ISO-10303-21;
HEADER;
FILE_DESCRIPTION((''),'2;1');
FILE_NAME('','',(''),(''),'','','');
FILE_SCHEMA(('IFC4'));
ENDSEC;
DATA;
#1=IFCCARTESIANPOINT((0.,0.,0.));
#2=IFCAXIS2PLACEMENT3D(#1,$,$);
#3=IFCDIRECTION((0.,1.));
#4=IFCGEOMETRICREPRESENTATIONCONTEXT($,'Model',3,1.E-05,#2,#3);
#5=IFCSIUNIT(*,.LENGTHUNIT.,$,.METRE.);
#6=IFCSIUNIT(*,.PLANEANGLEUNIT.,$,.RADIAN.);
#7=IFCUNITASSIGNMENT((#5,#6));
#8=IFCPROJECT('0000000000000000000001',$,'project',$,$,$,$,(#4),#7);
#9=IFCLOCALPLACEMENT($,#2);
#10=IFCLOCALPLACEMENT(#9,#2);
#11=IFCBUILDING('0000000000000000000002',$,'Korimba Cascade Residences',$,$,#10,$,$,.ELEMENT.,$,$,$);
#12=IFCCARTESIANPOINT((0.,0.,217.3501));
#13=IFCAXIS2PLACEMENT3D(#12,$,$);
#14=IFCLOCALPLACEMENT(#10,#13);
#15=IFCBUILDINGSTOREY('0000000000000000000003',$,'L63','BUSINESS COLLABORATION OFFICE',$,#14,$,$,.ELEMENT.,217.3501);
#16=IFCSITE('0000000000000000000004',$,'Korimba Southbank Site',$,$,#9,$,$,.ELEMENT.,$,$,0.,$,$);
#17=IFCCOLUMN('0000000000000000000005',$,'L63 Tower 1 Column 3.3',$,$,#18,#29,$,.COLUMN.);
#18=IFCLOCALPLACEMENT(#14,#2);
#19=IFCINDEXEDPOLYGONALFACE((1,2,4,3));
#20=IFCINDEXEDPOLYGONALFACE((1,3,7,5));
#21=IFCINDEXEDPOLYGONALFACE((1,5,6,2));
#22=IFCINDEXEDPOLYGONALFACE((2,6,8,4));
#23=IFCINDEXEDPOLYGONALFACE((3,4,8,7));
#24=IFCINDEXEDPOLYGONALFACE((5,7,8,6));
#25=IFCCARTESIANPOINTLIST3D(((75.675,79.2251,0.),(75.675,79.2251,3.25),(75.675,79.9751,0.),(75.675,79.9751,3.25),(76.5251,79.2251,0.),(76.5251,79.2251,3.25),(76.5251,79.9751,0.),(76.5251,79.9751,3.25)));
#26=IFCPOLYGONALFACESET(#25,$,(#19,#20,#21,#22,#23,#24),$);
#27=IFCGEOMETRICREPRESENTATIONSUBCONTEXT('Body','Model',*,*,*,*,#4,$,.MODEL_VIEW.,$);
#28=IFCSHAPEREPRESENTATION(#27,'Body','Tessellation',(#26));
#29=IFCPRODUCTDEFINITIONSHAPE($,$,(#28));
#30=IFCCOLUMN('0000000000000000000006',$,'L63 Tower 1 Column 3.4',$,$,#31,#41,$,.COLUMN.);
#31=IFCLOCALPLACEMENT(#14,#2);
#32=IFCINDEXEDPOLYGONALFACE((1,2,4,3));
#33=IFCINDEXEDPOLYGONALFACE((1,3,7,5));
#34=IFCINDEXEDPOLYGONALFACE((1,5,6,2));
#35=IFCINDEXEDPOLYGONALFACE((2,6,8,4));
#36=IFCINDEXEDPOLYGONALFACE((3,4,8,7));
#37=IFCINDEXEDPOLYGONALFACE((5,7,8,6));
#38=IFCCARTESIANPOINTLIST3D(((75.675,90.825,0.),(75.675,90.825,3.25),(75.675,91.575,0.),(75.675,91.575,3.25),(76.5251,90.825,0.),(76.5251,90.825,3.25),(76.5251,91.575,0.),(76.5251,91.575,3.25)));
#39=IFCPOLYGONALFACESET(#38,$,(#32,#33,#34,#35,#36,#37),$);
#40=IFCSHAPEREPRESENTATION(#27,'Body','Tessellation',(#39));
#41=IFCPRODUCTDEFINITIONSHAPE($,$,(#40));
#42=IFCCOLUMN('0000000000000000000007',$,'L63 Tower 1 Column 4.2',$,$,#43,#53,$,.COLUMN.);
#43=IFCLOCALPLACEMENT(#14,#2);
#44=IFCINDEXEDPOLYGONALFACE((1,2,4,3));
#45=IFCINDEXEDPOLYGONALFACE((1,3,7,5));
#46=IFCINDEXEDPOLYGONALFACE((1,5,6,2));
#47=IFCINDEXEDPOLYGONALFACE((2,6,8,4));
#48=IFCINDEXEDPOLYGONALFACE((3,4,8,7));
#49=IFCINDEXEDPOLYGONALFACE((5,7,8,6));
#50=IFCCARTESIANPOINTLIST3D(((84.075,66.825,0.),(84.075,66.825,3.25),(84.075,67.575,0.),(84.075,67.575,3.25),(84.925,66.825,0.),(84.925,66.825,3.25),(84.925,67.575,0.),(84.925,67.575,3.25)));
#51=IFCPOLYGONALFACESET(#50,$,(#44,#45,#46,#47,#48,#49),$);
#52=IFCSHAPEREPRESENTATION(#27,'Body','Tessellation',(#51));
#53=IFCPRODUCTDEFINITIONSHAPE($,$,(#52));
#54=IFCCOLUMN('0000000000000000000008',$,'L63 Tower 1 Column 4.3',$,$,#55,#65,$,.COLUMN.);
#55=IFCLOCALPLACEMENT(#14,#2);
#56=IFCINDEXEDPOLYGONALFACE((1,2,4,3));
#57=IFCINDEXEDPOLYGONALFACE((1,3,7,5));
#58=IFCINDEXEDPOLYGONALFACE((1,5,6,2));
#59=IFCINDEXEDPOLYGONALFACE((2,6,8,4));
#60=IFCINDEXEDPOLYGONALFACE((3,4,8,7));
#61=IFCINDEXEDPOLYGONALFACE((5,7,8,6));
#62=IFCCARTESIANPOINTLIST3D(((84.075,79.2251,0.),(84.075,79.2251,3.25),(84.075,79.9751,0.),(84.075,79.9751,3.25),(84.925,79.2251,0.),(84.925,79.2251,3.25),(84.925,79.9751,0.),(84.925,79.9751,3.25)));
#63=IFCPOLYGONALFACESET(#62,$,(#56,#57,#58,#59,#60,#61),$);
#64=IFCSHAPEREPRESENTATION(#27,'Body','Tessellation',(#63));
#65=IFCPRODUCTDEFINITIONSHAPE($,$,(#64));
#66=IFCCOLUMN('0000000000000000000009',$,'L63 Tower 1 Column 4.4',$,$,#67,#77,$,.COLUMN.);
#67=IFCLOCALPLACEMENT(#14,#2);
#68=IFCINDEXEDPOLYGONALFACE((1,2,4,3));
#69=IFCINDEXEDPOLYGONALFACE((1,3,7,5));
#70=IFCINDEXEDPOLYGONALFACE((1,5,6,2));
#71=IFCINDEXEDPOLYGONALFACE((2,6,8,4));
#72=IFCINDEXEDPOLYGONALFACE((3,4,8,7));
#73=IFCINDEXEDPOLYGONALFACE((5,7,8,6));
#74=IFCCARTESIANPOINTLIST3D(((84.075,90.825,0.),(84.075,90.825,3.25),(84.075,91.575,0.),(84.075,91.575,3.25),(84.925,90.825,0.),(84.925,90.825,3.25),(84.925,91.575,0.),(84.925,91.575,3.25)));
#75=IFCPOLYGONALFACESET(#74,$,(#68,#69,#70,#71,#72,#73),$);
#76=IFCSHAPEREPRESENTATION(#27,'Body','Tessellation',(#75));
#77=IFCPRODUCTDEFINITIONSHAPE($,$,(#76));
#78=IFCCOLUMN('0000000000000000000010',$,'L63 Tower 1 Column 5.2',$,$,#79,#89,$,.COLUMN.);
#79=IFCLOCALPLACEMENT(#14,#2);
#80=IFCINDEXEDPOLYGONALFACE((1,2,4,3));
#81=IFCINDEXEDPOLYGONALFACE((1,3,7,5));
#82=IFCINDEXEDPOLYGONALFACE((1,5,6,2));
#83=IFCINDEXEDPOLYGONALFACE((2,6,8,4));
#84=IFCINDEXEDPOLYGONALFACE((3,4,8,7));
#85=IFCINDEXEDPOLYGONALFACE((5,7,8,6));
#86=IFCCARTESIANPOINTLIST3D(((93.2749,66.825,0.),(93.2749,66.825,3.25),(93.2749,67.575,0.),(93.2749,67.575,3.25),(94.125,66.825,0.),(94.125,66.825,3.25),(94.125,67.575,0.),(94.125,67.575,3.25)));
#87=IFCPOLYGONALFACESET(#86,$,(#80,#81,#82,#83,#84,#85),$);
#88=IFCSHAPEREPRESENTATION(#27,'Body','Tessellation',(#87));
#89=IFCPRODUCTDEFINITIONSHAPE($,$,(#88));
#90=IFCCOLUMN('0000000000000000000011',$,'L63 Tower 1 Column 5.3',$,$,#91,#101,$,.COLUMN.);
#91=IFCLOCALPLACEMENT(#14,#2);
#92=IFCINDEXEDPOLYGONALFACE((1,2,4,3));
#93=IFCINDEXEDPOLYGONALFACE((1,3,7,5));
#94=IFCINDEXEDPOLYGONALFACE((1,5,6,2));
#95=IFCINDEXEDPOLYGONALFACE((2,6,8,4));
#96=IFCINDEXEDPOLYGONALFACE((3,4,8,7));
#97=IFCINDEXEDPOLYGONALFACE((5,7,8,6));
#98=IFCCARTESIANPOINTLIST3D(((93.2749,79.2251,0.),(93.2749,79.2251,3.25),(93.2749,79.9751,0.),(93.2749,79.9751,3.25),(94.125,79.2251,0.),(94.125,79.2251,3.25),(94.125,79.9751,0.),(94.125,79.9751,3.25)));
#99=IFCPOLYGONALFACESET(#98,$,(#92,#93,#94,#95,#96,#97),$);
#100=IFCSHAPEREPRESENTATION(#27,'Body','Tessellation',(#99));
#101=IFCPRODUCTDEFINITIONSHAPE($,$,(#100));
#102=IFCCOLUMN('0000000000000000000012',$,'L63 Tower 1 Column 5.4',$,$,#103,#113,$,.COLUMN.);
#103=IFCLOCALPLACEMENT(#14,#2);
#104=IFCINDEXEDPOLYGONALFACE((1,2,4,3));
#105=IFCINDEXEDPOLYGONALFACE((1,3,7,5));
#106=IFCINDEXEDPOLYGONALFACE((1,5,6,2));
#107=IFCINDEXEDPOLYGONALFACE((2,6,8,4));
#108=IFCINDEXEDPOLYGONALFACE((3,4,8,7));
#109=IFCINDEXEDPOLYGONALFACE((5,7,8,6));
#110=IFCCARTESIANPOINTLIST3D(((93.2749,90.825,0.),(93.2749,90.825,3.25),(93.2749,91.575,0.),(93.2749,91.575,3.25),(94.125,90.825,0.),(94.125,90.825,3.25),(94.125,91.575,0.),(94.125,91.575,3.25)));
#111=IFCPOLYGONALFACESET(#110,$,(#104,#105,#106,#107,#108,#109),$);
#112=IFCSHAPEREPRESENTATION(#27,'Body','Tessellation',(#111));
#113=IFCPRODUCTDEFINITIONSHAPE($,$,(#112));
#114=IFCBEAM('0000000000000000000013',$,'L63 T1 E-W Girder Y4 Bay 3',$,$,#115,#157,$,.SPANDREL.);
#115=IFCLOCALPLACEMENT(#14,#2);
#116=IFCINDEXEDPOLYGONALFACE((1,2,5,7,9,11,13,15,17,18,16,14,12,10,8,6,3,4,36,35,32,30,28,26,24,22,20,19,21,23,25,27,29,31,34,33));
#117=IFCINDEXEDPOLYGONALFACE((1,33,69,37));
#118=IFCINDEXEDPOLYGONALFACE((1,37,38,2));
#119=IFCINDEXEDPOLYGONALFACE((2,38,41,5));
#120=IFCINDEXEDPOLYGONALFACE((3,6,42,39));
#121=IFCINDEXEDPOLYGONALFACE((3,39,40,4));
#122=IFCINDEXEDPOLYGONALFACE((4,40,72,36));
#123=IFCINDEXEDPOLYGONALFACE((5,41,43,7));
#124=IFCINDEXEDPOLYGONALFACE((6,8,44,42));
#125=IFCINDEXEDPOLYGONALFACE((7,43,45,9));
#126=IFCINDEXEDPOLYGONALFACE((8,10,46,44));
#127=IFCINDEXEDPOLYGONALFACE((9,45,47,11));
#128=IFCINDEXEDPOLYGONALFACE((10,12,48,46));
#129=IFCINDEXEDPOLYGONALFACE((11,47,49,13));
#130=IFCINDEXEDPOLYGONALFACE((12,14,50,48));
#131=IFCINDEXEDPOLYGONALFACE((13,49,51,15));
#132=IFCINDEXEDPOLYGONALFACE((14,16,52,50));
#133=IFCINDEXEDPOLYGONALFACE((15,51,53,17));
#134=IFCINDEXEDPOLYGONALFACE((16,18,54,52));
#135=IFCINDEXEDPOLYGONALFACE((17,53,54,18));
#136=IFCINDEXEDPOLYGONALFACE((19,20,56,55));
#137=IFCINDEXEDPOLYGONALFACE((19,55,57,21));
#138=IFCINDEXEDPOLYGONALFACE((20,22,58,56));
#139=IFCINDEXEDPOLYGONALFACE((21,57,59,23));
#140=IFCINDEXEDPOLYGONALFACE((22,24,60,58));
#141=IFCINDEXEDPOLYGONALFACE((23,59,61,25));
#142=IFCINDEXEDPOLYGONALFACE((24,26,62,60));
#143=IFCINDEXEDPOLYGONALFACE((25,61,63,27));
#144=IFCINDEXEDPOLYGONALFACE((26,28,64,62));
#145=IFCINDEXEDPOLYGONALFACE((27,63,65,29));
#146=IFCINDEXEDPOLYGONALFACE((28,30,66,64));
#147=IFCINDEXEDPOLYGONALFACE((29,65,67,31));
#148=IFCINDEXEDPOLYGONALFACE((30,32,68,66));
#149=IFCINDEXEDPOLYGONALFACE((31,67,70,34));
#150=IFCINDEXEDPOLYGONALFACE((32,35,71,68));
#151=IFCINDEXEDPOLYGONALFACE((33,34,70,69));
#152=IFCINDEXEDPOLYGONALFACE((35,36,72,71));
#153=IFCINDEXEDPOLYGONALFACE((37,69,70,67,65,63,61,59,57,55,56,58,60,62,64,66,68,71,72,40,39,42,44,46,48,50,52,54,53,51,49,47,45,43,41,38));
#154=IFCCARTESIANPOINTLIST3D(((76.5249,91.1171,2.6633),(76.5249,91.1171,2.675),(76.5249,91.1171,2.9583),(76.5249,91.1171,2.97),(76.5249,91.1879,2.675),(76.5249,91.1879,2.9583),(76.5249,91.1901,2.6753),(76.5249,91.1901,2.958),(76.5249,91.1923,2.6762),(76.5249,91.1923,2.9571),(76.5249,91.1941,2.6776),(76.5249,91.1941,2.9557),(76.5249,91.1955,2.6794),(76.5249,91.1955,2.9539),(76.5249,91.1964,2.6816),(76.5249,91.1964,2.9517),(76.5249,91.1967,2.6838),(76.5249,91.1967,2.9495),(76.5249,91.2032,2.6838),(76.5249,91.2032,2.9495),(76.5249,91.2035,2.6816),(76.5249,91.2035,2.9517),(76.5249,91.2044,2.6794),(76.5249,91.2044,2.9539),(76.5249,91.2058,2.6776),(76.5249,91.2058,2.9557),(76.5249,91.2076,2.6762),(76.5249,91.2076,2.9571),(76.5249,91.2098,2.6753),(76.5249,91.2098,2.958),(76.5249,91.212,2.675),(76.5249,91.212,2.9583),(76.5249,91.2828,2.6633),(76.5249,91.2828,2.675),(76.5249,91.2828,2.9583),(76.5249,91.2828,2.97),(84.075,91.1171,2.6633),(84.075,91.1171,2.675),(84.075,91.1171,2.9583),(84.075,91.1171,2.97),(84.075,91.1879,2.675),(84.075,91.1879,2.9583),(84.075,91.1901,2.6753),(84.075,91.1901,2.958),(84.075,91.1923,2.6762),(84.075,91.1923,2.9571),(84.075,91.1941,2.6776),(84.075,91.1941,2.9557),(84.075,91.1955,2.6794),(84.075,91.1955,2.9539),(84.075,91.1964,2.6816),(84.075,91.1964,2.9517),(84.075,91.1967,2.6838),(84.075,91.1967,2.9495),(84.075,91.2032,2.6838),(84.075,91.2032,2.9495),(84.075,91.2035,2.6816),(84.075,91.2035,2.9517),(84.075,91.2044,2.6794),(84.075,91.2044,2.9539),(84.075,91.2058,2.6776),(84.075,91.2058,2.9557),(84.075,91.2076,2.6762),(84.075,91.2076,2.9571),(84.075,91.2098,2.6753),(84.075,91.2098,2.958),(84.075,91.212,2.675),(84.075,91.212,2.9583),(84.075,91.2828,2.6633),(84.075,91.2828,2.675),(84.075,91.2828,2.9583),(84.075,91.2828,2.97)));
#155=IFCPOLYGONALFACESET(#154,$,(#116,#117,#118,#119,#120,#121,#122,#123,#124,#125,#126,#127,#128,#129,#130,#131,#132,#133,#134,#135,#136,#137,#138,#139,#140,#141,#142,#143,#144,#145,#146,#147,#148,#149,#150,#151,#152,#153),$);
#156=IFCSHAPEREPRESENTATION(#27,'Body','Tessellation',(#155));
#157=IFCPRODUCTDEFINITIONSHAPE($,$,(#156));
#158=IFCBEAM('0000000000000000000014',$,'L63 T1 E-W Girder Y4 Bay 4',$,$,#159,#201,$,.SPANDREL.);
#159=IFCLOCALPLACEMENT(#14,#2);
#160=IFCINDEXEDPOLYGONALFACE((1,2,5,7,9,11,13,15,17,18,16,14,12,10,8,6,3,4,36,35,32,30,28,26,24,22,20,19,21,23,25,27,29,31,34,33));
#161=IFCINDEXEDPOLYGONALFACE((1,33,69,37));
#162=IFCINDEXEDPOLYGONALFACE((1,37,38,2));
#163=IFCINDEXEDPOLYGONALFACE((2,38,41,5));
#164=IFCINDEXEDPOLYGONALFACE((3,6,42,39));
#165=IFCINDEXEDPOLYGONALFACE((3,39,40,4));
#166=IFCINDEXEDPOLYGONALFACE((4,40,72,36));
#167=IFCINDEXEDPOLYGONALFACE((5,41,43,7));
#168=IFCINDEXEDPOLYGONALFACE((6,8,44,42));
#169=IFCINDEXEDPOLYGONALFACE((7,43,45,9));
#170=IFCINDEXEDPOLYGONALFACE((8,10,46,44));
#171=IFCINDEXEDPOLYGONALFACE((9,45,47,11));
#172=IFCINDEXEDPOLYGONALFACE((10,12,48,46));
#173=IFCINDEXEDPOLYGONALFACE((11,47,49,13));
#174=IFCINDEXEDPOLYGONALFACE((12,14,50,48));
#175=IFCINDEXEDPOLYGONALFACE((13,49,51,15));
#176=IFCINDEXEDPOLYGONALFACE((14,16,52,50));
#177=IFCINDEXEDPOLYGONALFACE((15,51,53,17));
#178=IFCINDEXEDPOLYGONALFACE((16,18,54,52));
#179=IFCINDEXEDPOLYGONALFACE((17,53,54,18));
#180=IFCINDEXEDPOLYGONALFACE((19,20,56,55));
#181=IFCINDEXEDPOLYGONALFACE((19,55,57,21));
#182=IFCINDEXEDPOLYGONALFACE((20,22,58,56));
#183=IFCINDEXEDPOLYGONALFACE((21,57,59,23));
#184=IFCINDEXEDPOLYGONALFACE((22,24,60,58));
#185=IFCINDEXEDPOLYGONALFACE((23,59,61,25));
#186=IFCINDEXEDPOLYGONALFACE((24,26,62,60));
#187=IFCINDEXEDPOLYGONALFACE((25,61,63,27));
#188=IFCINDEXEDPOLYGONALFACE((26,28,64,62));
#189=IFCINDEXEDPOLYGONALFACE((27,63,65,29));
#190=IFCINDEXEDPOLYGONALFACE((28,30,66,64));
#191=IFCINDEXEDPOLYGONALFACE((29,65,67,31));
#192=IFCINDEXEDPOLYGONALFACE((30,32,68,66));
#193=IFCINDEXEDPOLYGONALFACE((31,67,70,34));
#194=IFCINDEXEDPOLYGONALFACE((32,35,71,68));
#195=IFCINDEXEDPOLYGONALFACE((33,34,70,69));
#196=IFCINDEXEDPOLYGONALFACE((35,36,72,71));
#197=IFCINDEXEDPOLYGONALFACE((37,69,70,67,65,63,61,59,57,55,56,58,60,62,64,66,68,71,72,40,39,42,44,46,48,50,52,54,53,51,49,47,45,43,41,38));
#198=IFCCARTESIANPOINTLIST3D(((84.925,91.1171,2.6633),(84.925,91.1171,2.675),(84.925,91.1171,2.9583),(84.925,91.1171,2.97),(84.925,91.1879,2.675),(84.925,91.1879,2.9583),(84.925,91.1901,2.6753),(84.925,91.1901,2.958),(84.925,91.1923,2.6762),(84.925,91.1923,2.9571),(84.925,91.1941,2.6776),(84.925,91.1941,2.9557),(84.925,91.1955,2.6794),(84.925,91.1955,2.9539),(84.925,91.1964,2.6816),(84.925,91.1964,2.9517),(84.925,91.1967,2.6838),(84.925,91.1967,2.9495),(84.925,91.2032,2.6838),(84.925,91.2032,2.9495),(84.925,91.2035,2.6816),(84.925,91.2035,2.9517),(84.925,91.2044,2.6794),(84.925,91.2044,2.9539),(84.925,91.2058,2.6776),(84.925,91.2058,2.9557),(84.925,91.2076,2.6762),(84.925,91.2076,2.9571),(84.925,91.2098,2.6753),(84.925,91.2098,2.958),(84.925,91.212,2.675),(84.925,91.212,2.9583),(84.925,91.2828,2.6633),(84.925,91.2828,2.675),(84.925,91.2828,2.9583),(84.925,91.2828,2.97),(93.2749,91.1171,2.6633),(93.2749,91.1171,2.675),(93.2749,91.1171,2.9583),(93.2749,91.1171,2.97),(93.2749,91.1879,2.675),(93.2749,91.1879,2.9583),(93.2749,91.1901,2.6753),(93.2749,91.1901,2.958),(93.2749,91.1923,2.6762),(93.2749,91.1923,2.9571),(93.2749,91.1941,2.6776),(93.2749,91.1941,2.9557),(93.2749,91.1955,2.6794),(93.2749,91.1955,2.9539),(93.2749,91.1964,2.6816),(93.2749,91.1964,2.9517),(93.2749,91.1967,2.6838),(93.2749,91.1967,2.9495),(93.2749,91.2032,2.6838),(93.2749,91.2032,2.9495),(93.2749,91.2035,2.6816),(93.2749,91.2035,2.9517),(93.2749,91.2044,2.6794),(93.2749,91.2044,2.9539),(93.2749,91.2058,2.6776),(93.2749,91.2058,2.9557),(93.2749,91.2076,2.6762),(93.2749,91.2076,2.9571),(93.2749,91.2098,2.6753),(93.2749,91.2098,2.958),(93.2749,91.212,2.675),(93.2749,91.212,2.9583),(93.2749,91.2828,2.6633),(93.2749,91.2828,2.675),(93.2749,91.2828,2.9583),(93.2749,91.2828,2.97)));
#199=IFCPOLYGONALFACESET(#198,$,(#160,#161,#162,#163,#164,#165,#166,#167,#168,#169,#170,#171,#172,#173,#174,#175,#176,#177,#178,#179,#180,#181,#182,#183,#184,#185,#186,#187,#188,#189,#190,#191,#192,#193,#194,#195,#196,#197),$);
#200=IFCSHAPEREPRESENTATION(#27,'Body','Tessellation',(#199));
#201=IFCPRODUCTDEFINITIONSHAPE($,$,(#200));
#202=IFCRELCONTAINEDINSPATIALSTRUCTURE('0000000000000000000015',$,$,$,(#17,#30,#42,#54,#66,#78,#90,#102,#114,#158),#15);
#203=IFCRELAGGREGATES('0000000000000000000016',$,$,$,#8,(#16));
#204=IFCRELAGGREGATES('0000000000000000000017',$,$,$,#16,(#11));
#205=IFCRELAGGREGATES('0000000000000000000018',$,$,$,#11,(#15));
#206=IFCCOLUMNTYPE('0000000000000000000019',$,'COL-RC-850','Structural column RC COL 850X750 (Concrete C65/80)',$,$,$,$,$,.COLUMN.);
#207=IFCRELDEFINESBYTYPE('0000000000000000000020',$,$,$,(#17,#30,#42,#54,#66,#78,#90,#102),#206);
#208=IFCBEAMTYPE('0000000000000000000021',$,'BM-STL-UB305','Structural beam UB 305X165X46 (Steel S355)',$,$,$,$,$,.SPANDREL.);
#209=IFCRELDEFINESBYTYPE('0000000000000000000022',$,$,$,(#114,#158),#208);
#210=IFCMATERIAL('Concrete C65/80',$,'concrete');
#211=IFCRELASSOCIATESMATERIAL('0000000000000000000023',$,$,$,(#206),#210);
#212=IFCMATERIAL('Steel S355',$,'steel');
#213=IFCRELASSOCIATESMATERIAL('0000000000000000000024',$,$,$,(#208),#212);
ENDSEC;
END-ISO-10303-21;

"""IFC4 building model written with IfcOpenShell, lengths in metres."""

from ifc_helpers import new_model, si_unit, direction, frame, origin, origin_2d, place, context, subcontext, project, spatial, rectangle, i_section, extrude, material, material_profile, profile_set, type_object, element, save


model = new_model("IFC4")

# Units and contexts
model_context = context("Model", 3, precision=1e-05, world=origin(), true_north=direction((0.0, 1.0)))
body_context = subcontext(model_context, "Body", "Model", "MODEL_VIEW")
ifc_project = project(units=[si_unit("LENGTHUNIT", "METRE"), si_unit("PLANEANGLEUNIT", "RADIAN")], contexts=[model_context])

# Site, building, storey
site_placement = place(None, origin())
site = spatial("IfcSite", under=ifc_project, at=site_placement, Name="Korimba Southbank Site", CompositionType="ELEMENT", RefElevation=0.0)
building_placement = place(site_placement, origin())
building = spatial("IfcBuilding", under=site, at=building_placement, Name="Korimba Cascade Residences", CompositionType="ELEMENT")
storey_placement = place(building_placement, frame((0.0, 0.0, 217.3501)))
storey = spatial("IfcBuildingStorey", under=building, at=storey_placement, Name="L63", Description="BUSINESS COLLABORATION OFFICE", CompositionType="ELEMENT", Elevation=217.3501)

# Columns
ifc_material_1 = material(Name="Concrete C65/80", Category="concrete")
ifc_material_profile_1 = material_profile(ifc_material_1, rectangle(XDim=0.8501, YDim=0.75, at=origin_2d()), Name="Concrete C65/80")
ifc_profile_set_1 = profile_set([ifc_material_profile_1], Name="Concrete C65/80")
column_type = type_object("IfcColumnType", Name="COL-RC-850", Description="Structural column RC COL 850X750 (Concrete C65/80)", PredefinedType="COLUMN", material=ifc_profile_set_1)
for number, where, z_axis, x_axis, name in (
    (1, (76.1001, 79.6001, 0.0), (0.0, 0.0, 1.0), (1.0, 0.0, 0.0), "L63 Tower 1 Column 3.3"),
    (2, (76.1001, 91.2, 0.0), (0.0, 0.0, 1.0), (1.0, 0.0, 0.0), "L63 Tower 1 Column 3.4"),
    (3, (84.5, 67.2, 0.0), (0.0, 0.0, 1.0), (1.0, 0.0, 0.0), "L63 Tower 1 Column 4.2"),
    (4, (84.5, 79.6001, 0.0), (0.0, 0.0, 1.0), (1.0, 0.0, 0.0), "L63 Tower 1 Column 4.3"),
    (5, (84.5, 91.2, 0.0), (0.0, 0.0, 1.0), (1.0, 0.0, 0.0), "L63 Tower 1 Column 4.4"),
    (6, (93.7, 67.2, 0.0), (0.0, 0.0, 1.0), (1.0, 0.0, 0.0), "L63 Tower 1 Column 5.2"),
    (7, (93.7, 79.6001, 0.0), (0.0, 0.0, 1.0), (1.0, 0.0, 0.0), "L63 Tower 1 Column 5.3"),
    (8, (93.7, 91.2, 0.0), (0.0, 0.0, 1.0), (1.0, 0.0, 0.0), "L63 Tower 1 Column 5.4"),
):
    element("IfcColumn", number, at=place(storey_placement, frame(where, z_axis=z_axis, x_axis=x_axis)), inside=storey, type_object=column_type, Name=name, PredefinedType="COLUMN", context=body_context, shape_type="SweptSolid", body=[
        extrude(rectangle(XDim=0.8501, YDim=0.75, at=origin_2d()), origin(), (0.0, 0.0, 1.0), 3.25),
    ])

# Beams
ifc_material_2 = material(Name="Steel S355", Category="steel")
ifc_material_profile_2 = material_profile(ifc_material_2, i_section(OverallWidth=0.1658, OverallDepth=0.3066, WebThickness=0.0066, FlangeThickness=0.0117, FilletRadius=0.0088, at=origin_2d()), Name="Steel S355")
ifc_profile_set_2 = profile_set([ifc_material_profile_2], Name="Steel S355")
beam_type_1 = type_object("IfcBeamType", Name="BM-STL-UB305", Description="Structural beam UB 305X165X46 (Steel S355)", PredefinedType="SPANDREL", material=ifc_profile_set_2)
beam_1_placement = place(storey_placement, frame((76.5249, 91.2, 2.8167), z_axis=(1.0, 0.0, 0.0), x_axis=(0.0, 1.0, 0.0)))
element("IfcBeam", 9, at=beam_1_placement, inside=storey, type_object=beam_type_1, Name="L63 T1 E-W Girder Y4 Bay 3", PredefinedType="SPANDREL", context=body_context, shape_type="SweptSolid", body=[
    extrude(i_section(OverallWidth=0.1658, OverallDepth=0.3066, WebThickness=0.0066, FlangeThickness=0.0117, FilletRadius=0.0088, at=origin_2d()), origin(), (0.0, 0.0, 1.0), 7.55),
])
beam_2_placement = place(storey_placement, frame((84.925, 91.2, 2.8167), z_axis=(1.0, 0.0, 0.0), x_axis=(0.0, 1.0, 0.0)))
element("IfcBeam", 10, at=beam_2_placement, inside=storey, type_object=beam_type_1, Name="L63 T1 E-W Girder Y4 Bay 4", PredefinedType="SPANDREL", context=body_context, shape_type="SweptSolid", body=[
    extrude(i_section(OverallWidth=0.1658, OverallDepth=0.3066, WebThickness=0.0066, FlangeThickness=0.0117, FilletRadius=0.0088, at=origin_2d()), origin(), (0.0, 0.0, 1.0), 8.3499),
])

save(model, "model.ifc")
